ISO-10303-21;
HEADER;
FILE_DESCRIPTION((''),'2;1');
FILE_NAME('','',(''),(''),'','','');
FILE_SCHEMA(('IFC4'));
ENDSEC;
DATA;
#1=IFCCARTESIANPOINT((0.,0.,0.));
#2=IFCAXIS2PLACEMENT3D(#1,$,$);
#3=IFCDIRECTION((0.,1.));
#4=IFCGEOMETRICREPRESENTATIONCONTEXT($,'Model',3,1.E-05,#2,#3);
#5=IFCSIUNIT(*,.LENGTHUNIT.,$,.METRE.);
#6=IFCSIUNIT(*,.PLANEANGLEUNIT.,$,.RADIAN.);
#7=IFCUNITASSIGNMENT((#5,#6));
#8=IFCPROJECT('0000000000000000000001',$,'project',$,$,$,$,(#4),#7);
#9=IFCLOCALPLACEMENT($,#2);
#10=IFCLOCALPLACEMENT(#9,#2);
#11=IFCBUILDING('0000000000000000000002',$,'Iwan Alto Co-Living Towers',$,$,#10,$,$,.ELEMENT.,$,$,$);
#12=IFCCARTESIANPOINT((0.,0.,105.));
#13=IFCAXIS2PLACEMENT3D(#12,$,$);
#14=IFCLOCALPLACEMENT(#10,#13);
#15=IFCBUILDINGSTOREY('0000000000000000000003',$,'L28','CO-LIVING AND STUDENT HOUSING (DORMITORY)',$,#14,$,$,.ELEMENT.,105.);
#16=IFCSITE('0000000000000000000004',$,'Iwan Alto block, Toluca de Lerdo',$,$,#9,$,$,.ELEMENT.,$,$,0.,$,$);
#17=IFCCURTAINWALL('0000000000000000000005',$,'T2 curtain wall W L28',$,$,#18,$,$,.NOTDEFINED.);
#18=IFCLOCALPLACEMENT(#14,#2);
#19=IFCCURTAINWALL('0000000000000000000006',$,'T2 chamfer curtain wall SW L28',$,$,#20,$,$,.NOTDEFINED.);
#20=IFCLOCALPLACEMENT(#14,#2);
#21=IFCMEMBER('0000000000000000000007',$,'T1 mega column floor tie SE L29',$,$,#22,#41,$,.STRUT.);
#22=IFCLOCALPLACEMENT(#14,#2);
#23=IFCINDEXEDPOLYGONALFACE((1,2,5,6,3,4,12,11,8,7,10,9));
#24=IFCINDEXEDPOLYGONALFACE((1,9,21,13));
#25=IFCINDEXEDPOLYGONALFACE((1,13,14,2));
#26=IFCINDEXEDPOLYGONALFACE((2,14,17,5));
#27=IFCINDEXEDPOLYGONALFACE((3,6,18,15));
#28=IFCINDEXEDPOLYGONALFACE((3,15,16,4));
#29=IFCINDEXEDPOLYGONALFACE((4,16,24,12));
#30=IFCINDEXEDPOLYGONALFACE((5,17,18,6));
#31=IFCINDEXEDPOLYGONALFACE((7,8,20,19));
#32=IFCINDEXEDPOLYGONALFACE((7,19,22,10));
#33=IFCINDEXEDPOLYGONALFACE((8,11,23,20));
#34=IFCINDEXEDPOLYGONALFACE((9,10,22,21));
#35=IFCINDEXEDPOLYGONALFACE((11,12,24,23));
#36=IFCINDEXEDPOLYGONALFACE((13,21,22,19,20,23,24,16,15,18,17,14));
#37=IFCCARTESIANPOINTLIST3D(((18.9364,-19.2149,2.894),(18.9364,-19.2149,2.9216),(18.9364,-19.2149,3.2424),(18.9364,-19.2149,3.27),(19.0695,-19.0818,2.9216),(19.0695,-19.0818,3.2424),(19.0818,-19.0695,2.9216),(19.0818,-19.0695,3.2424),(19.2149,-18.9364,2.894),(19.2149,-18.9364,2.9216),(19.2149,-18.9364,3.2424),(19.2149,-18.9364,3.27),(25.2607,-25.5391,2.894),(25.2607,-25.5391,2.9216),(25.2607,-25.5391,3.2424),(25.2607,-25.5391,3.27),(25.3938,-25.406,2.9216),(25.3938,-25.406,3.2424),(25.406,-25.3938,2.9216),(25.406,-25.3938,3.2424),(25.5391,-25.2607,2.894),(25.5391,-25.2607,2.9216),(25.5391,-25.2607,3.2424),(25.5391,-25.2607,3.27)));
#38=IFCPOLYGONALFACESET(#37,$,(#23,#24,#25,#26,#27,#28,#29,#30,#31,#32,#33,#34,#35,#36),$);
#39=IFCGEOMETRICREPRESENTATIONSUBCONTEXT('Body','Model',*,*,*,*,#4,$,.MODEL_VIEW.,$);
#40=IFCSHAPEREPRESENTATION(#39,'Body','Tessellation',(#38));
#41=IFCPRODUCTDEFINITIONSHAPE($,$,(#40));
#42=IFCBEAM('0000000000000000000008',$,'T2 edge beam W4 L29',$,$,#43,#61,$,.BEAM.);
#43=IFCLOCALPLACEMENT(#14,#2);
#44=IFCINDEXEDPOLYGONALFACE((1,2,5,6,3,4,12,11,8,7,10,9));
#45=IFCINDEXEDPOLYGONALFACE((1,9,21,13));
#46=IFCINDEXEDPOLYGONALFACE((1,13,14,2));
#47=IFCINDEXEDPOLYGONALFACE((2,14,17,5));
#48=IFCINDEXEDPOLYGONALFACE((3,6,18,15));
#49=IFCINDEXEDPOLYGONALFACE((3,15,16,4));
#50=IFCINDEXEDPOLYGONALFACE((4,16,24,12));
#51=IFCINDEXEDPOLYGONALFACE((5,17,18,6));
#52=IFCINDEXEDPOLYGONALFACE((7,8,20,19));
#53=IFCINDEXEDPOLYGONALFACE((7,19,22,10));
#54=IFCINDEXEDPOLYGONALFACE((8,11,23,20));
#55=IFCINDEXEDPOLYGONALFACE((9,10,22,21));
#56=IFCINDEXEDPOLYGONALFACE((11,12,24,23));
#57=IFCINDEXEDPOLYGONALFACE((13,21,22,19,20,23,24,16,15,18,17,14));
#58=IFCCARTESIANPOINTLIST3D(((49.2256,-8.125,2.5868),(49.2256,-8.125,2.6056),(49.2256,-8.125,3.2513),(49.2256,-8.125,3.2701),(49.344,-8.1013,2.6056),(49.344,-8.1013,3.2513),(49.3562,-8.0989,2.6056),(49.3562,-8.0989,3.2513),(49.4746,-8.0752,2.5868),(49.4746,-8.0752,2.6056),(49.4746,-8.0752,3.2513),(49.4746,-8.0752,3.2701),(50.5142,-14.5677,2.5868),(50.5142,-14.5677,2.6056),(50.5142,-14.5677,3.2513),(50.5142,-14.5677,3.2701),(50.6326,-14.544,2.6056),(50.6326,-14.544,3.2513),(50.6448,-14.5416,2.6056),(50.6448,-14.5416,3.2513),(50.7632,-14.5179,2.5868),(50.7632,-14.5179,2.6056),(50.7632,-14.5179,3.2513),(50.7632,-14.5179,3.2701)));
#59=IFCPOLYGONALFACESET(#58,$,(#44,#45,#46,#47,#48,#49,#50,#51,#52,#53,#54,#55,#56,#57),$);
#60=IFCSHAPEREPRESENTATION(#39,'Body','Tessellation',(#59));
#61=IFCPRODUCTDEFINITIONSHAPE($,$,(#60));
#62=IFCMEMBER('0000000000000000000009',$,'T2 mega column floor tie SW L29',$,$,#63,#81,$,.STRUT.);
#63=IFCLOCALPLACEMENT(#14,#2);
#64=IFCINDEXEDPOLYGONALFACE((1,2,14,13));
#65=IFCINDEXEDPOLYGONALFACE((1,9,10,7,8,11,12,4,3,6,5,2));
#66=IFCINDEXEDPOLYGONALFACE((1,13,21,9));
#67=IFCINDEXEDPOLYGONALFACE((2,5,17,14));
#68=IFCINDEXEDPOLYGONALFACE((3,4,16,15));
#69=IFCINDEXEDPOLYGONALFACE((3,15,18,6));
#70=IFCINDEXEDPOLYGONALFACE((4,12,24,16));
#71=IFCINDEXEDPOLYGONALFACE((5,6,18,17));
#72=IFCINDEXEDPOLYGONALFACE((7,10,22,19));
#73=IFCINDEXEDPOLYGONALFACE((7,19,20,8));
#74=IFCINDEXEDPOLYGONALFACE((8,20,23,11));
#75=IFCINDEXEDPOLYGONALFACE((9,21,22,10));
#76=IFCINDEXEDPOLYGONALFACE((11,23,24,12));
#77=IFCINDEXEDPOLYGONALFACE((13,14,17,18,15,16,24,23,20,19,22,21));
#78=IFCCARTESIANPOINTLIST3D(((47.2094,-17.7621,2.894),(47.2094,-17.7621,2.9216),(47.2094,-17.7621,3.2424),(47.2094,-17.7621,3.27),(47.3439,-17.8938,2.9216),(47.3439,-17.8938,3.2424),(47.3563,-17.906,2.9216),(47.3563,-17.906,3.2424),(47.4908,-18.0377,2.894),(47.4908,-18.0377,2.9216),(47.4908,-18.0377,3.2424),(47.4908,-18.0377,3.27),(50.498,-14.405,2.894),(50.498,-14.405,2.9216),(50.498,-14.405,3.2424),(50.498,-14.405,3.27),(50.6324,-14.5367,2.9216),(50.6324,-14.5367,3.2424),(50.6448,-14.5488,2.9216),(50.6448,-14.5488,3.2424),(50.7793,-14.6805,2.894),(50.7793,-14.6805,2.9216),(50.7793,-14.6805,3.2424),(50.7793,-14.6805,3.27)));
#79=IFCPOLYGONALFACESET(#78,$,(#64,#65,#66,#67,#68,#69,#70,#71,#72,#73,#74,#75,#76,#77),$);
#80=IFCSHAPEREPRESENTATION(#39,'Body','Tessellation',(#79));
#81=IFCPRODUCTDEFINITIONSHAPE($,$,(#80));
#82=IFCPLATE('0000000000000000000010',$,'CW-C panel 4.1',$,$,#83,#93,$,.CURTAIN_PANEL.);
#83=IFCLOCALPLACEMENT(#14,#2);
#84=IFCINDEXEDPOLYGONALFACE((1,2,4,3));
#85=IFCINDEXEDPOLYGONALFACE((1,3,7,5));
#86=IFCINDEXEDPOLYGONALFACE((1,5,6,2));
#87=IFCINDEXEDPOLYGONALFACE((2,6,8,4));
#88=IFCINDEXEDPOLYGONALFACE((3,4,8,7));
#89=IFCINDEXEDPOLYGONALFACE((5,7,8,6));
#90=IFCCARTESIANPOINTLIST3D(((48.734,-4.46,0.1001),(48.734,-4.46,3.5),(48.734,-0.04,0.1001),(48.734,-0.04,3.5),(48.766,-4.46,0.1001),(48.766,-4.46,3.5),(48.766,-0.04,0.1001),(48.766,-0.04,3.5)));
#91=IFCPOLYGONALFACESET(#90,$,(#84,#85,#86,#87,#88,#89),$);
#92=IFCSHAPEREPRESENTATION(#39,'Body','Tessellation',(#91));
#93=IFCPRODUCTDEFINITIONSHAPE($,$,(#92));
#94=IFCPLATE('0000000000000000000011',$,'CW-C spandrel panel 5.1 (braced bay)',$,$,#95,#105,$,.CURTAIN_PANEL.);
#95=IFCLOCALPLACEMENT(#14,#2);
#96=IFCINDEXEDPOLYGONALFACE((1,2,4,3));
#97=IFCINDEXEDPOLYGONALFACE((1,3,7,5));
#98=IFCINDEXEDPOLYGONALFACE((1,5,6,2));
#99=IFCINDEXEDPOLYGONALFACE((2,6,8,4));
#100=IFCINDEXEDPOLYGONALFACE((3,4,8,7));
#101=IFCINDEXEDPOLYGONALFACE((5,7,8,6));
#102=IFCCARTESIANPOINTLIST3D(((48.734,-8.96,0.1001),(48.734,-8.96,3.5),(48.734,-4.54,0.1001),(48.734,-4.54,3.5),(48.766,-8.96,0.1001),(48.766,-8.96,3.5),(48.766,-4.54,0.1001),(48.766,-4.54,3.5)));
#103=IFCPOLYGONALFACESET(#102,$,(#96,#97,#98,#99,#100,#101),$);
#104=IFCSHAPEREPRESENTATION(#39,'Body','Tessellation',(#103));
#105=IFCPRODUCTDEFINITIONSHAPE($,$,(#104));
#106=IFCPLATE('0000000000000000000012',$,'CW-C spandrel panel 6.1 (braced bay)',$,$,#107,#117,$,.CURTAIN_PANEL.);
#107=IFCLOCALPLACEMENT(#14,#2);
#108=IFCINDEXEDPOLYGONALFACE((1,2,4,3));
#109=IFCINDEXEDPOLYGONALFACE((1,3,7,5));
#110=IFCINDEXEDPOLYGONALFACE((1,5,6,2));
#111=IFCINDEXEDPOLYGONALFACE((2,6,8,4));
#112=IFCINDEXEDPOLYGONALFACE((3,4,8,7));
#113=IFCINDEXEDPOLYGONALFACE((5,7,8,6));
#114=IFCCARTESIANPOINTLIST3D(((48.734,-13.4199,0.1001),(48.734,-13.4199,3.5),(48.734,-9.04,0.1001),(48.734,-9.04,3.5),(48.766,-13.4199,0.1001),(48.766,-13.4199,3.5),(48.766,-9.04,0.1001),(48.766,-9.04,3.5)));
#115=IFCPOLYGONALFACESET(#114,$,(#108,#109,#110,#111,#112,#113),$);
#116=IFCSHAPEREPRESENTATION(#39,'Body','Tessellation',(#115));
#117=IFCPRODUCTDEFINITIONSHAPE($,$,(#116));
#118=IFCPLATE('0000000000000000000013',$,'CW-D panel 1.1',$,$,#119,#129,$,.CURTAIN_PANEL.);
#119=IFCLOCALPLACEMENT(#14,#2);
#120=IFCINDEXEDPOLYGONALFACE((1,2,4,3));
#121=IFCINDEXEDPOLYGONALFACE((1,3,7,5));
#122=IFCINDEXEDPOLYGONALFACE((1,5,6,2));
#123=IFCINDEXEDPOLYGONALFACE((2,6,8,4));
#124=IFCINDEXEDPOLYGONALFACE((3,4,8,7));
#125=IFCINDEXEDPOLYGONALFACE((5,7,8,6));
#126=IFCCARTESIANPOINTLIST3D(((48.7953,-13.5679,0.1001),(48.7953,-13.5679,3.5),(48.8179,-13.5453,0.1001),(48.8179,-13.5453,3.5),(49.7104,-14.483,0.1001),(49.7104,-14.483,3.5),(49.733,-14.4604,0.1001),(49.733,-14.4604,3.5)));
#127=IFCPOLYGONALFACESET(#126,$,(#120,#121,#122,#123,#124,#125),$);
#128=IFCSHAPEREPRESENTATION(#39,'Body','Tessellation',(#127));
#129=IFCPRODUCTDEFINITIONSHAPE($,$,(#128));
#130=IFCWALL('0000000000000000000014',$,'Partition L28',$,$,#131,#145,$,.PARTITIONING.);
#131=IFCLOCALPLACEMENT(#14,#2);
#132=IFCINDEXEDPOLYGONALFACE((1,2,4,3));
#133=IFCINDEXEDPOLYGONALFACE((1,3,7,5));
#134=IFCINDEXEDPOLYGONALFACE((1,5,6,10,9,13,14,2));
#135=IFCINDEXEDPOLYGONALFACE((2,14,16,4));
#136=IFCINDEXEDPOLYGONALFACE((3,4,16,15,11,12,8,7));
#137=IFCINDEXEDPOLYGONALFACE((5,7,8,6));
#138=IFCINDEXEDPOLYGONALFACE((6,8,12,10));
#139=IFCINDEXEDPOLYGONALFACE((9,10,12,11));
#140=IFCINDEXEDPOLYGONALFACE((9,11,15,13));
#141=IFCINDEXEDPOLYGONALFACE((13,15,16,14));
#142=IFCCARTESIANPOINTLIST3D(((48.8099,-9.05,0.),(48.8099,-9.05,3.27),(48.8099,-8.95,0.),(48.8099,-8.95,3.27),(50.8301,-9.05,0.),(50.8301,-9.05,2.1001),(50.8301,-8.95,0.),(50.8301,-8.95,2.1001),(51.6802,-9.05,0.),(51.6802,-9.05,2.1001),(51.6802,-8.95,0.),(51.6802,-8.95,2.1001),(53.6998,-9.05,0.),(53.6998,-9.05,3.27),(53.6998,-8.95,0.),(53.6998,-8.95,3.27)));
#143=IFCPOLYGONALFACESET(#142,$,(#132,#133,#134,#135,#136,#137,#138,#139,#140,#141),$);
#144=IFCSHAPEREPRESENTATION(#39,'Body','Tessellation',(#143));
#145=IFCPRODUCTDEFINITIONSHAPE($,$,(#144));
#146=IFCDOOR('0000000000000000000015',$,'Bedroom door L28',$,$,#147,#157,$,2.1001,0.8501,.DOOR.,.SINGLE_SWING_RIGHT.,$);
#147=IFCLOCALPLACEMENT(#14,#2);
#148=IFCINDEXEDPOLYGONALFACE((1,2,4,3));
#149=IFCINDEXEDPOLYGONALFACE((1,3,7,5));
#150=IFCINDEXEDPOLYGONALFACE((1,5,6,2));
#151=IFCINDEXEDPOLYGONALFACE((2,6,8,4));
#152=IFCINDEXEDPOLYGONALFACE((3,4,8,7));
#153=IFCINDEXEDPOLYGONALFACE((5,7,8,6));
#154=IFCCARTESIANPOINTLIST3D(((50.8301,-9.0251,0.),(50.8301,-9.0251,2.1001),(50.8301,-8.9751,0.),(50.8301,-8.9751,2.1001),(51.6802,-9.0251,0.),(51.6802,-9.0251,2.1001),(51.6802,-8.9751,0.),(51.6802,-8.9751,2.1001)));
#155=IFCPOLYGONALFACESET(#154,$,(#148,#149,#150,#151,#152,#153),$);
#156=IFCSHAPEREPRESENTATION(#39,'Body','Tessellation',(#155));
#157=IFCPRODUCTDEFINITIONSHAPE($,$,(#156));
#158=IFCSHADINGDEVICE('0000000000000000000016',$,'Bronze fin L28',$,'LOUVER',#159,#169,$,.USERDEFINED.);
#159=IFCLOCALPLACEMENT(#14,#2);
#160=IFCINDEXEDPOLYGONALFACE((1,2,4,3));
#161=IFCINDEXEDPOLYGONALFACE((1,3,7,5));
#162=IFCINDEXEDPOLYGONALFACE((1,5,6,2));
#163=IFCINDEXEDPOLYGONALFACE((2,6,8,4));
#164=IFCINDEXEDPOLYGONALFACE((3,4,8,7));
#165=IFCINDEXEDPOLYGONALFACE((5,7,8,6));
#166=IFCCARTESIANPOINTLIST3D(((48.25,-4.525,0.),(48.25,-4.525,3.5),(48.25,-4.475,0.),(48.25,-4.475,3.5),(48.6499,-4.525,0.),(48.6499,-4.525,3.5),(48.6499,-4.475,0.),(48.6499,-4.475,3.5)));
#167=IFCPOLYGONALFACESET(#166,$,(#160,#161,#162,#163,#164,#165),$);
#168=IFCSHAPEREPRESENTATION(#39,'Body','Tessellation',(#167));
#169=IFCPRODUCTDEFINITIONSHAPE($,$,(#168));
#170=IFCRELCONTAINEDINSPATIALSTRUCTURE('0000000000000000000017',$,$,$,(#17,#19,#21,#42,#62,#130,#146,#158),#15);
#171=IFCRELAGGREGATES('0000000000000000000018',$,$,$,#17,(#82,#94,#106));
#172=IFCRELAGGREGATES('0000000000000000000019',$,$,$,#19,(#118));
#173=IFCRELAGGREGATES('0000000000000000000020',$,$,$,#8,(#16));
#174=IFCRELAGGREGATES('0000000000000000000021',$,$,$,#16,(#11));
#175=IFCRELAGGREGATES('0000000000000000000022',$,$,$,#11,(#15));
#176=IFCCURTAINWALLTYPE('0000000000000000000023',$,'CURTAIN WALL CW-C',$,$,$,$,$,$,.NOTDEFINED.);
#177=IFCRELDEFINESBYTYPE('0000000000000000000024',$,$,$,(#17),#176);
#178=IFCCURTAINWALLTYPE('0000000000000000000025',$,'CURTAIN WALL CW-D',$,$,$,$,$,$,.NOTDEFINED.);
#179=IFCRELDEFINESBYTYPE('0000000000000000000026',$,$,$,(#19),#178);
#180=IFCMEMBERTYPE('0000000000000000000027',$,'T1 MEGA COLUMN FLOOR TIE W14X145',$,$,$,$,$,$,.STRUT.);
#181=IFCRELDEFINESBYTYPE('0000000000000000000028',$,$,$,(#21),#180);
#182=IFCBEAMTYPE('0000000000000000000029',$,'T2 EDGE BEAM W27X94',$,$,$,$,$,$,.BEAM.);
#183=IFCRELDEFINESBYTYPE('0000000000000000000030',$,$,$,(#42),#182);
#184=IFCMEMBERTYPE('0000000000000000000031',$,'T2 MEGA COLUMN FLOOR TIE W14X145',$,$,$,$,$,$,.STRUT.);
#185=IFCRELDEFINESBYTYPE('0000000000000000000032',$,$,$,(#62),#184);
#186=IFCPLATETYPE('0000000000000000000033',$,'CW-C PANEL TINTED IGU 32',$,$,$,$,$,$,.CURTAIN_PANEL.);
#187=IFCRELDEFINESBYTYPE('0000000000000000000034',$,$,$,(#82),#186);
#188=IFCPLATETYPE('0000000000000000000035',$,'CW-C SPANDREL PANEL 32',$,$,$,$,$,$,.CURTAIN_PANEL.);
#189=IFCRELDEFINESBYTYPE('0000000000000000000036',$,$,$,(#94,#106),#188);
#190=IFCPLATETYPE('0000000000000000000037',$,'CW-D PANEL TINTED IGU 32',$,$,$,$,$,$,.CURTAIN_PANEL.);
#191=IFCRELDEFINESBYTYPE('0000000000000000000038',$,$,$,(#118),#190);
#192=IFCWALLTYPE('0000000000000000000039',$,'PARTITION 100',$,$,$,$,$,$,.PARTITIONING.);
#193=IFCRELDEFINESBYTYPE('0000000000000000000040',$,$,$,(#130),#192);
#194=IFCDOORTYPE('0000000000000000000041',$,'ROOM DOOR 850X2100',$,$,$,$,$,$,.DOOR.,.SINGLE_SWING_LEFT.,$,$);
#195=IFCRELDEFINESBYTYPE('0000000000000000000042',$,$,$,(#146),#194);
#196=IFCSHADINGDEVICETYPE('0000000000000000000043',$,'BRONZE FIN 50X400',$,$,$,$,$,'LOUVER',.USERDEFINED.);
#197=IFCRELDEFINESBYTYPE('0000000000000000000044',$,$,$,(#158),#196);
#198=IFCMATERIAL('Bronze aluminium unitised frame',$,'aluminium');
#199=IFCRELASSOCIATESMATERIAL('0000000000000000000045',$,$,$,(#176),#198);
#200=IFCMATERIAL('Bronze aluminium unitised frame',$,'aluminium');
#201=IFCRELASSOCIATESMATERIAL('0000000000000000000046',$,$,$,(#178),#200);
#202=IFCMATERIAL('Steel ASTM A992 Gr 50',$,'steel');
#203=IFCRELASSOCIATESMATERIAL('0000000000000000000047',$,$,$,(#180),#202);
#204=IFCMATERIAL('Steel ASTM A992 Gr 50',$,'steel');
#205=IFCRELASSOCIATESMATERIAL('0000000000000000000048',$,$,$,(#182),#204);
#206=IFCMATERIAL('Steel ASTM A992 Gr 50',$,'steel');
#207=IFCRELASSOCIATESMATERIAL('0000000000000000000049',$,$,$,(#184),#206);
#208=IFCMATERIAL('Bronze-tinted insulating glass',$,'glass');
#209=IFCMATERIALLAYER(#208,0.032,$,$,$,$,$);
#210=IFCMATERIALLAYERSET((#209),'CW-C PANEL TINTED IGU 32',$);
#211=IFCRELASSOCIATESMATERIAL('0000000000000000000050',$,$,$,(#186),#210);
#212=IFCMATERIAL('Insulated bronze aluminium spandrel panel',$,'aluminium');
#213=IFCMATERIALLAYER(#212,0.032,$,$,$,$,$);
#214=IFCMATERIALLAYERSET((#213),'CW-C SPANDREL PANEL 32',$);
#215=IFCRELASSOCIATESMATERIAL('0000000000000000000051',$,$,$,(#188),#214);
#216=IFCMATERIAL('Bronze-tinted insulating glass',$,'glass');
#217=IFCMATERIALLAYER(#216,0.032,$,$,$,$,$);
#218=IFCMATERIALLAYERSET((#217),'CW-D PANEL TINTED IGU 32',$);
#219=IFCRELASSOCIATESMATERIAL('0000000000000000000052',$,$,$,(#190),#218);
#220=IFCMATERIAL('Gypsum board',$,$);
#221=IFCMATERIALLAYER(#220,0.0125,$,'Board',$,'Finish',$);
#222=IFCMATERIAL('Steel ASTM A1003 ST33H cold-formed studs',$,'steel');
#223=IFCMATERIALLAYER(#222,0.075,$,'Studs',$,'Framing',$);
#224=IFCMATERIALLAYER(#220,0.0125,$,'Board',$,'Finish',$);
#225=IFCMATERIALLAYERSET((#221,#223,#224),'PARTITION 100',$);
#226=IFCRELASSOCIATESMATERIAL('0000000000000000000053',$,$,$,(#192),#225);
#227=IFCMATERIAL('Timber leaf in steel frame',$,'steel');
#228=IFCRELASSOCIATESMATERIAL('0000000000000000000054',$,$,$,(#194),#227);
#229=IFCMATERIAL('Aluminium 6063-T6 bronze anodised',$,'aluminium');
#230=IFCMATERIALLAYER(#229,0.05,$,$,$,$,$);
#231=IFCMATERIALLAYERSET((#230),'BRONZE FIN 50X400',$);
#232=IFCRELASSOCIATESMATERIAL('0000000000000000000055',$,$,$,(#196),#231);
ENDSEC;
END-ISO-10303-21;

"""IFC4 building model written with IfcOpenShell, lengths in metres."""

from ifc_helpers import new_model, si_unit, direction, frame, frame_2d, origin, origin_2d, place, context, subcontext, project, spatial, rectangle, i_section, extrude, material, layer, layer_set, material_profile, profile_set, type_object, element, fill, aggregate, save


model = new_model("IFC4")

# Units and contexts
model_context = context("Model", 3, precision=1e-05, world=origin(), true_north=direction((0.0, 1.0)))
body_context = subcontext(model_context, "Body", "Model", "MODEL_VIEW")
ifc_project = project(units=[si_unit("LENGTHUNIT", "METRE"), si_unit("PLANEANGLEUNIT", "RADIAN")], contexts=[model_context])

# Site, building, storey
site_placement = place(None, origin())
site = spatial("IfcSite", under=ifc_project, at=site_placement, Name="Iwan Alto block, Toluca de Lerdo", CompositionType="ELEMENT", RefElevation=0.0)
building_placement = place(site_placement, origin())
building = spatial("IfcBuilding", under=site, at=building_placement, Name="Iwan Alto Co-Living Towers", CompositionType="ELEMENT")
storey_placement = place(building_placement, frame((0.0, 0.0, 105.0)))
storey = spatial("IfcBuildingStorey", under=building, at=storey_placement, Name="L28", Description="CO-LIVING AND STUDENT HOUSING (DORMITORY)", CompositionType="ELEMENT", Elevation=105.0)

# Curtain walls
ifc_material_1 = material(Name="Bronze aluminium unitised frame", Category="aluminium")
curtain_wall_type_1 = type_object("IfcCurtainWallType", Name="CURTAIN WALL CW-C", PredefinedType="NOTDEFINED", material=ifc_material_1)
curtain_wall_1_placement = place(storey_placement, origin())
curtain_wall_1 = element("IfcCurtainWall", 1, at=curtain_wall_1_placement, inside=storey, type_object=curtain_wall_type_1, Name="T2 curtain wall W L28", PredefinedType="NOTDEFINED")
ifc_material_2 = material(Name="Bronze aluminium unitised frame", Category="aluminium")
curtain_wall_type_2 = type_object("IfcCurtainWallType", Name="CURTAIN WALL CW-D", PredefinedType="NOTDEFINED", material=ifc_material_2)
curtain_wall_2_placement = place(storey_placement, origin())
curtain_wall_2 = element("IfcCurtainWall", 2, at=curtain_wall_2_placement, inside=storey, type_object=curtain_wall_type_2, Name="T2 chamfer curtain wall SW L28", PredefinedType="NOTDEFINED")

# Member
ifc_material_3 = material(Name="Steel ASTM A992 Gr 50", Category="steel")
ifc_material_profile_1 = material_profile(ifc_material_3, i_section(OverallWidth=0.3938, OverallDepth=0.376, WebThickness=0.0173, FlangeThickness=0.0276, at=origin_2d()), Name="W14X145")
ifc_profile_set_1 = profile_set([ifc_material_profile_1], Name="Steel ASTM A992 Gr 50")
member_type_1 = type_object("IfcMemberType", Name="T1 MEGA COLUMN FLOOR TIE W14X145", PredefinedType="STRUT", material=ifc_profile_set_1)
member_1_placement = place(storey_placement, frame((25.3999, -25.3999, 3.082), z_axis=(-0.707107, 0.707107, 0.0), x_axis=(-0.707107, -0.707107, 0.0)))
element("IfcMember", 3, at=member_1_placement, inside=storey, type_object=member_type_1, Name="T1 mega column floor tie SE L29", PredefinedType="STRUT", context=body_context, shape_type="SweptSolid", body=[
    extrude(i_section(OverallWidth=0.3938, OverallDepth=0.376, WebThickness=0.0173, FlangeThickness=0.0276, at=origin_2d()), origin(), (0.0, 0.0, 1.0), 8.9438),
])

# Beam
ifc_material_4 = material(Name="Steel ASTM A992 Gr 50", Category="steel")
ifc_material_profile_2 = material_profile(ifc_material_4, i_section(OverallWidth=0.2539, OverallDepth=0.6833, WebThickness=0.0125, FlangeThickness=0.0188, at=origin_2d()), Name="W27X94")
ifc_profile_set_2 = profile_set([ifc_material_profile_2], Name="Steel ASTM A992 Gr 50")
beam_type = type_object("IfcBeamType", Name="T2 EDGE BEAM W27X94", PredefinedType="BEAM", material=ifc_profile_set_2)
beam_placement = place(storey_placement, frame((49.3501, -8.1001, 2.9285), z_axis=(0.196123, -0.980579, 0.0), x_axis=(0.980579, 0.196123, 0.0)))
element("IfcBeam", 4, at=beam_placement, inside=storey, type_object=beam_type, Name="T2 edge beam W4 L29", PredefinedType="BEAM", context=body_context, shape_type="SweptSolid", body=[
    extrude(i_section(OverallWidth=0.2539, OverallDepth=0.6833, WebThickness=0.0125, FlangeThickness=0.0188, at=origin_2d()), origin(), (0.0, 0.0, 1.0), 6.5703),
])

# Member
ifc_material_5 = material(Name="Steel ASTM A992 Gr 50", Category="steel")
ifc_material_profile_3 = material_profile(ifc_material_5, i_section(OverallWidth=0.3938, OverallDepth=0.376, WebThickness=0.0173, FlangeThickness=0.0276, at=origin_2d()), Name="W14X145")
ifc_profile_set_3 = profile_set([ifc_material_profile_3], Name="Steel ASTM A992 Gr 50")
member_type_2 = type_object("IfcMemberType", Name="T2 MEGA COLUMN FLOOR TIE W14X145", PredefinedType="STRUT", material=ifc_profile_set_3)
member_2_placement = place(storey_placement, frame((47.3501, -17.8999, 3.082), z_axis=(0.69977, 0.714368, 0.0), x_axis=(-0.714368, 0.69977, 0.0)))
element("IfcMember", 5, at=member_2_placement, inside=storey, type_object=member_type_2, Name="T2 mega column floor tie SW L29", PredefinedType="STRUT", context=body_context, shape_type="SweptSolid", body=[
    extrude(i_section(OverallWidth=0.3938, OverallDepth=0.376, WebThickness=0.0173, FlangeThickness=0.0276, at=origin_2d()), origin(), (0.0, 0.0, 1.0), 4.6995),
])

# Plates
ifc_material_6 = material(Name="Bronze-tinted insulating glass", Category="glass")
ifc_layer_1 = layer(ifc_material_6, 0.032)
ifc_layer_set_1 = layer_set([ifc_layer_1], Name="CW-C PANEL TINTED IGU 32")
plate_type_1 = type_object("IfcPlateType", Name="CW-C PANEL TINTED IGU 32", PredefinedType="CURTAIN_PANEL", material=ifc_layer_set_1)
plate_1_placement = place(storey_placement, frame((48.75, -2.25, 0.1001), z_axis=(0.0, 0.0, 1.0), x_axis=(0.0, -1.0, 0.0)))
plate_1 = element("IfcPlate", 6, at=plate_1_placement, type_object=plate_type_1, Name="CW-C panel 4.1", PredefinedType="CURTAIN_PANEL", context=body_context, shape_type="SweptSolid", body=[
    extrude(rectangle(XDim=4.4199, YDim=0.032, at=origin_2d()), origin(), (0.0, 0.0, 1.0), 3.3999),
])
ifc_material_7 = material(Name="Insulated bronze aluminium spandrel panel", Category="aluminium")
ifc_layer_2 = layer(ifc_material_7, 0.032)
ifc_layer_set_2 = layer_set([ifc_layer_2], Name="CW-C SPANDREL PANEL 32")
plate_type_2 = type_object("IfcPlateType", Name="CW-C SPANDREL PANEL 32", PredefinedType="CURTAIN_PANEL", material=ifc_layer_set_2)
plate_2_placement = place(storey_placement, frame((48.75, -6.75, 0.1001), z_axis=(0.0, 0.0, 1.0), x_axis=(0.0, -1.0, 0.0)))
plate_2 = element("IfcPlate", 7, at=plate_2_placement, type_object=plate_type_2, Name="CW-C spandrel panel 5.1 (braced bay)", PredefinedType="CURTAIN_PANEL", context=body_context, shape_type="SweptSolid", body=[
    extrude(rectangle(XDim=4.4199, YDim=0.032, at=origin_2d()), origin(), (0.0, 0.0, 1.0), 3.3999),
])
plate_3_placement = place(storey_placement, frame((48.75, -11.23, 0.1001), z_axis=(0.0, 0.0, 1.0), x_axis=(0.0, -1.0, 0.0)))
plate_3 = element("IfcPlate", 8, at=plate_3_placement, type_object=plate_type_2, Name="CW-C spandrel panel 6.1 (braced bay)", PredefinedType="CURTAIN_PANEL", context=body_context, shape_type="SweptSolid", body=[
    extrude(rectangle(XDim=4.3799, YDim=0.032, at=origin_2d()), origin(), (0.0, 0.0, 1.0), 3.3999),
])
aggregate(curtain_wall_1, [plate_1, plate_2, plate_3])
ifc_material_8 = material(Name="Bronze-tinted insulating glass", Category="glass")
ifc_layer_3 = layer(ifc_material_8, 0.032)
ifc_layer_set_3 = layer_set([ifc_layer_3], Name="CW-D PANEL TINTED IGU 32")
plate_type_3 = type_object("IfcPlateType", Name="CW-D PANEL TINTED IGU 32", PredefinedType="CURTAIN_PANEL", material=ifc_layer_set_3)
plate_4_placement = place(storey_placement, frame((49.2642, -14.0142, 0.1001), z_axis=(0.0, 0.0, 1.0), x_axis=(0.707107, -0.707107, 0.0)))
plate_4 = element("IfcPlate", 9, at=plate_4_placement, type_object=plate_type_3, Name="CW-D panel 1.1", PredefinedType="CURTAIN_PANEL", context=body_context, shape_type="SweptSolid", body=[
    extrude(rectangle(XDim=1.2942, YDim=0.032, at=origin_2d()), origin(), (0.0, 0.0, 1.0), 3.3999),
])
aggregate(curtain_wall_2, [plate_4])

# Wall, opening, door
ifc_material_9 = material(Name="Gypsum board")
ifc_layer_4 = layer(ifc_material_9, 0.0125, Name="Board", Category="Finish")
ifc_material_10 = material(Name="Steel ASTM A1003 ST33H cold-formed studs", Category="steel")
ifc_layer_5 = layer(ifc_material_10, 0.075, Name="Studs", Category="Framing")
ifc_layer_6 = layer(ifc_material_9, 0.0125, Name="Board", Category="Finish")
ifc_layer_set_4 = layer_set([ifc_layer_4, ifc_layer_5, ifc_layer_6], Name="PARTITION 100")
wall_type = type_object("IfcWallType", Name="PARTITION 100", PredefinedType="PARTITIONING", material=ifc_layer_set_4)
wall_placement = place(storey_placement, frame((48.8101, -9.0, 0.0), z_axis=(0.0, 0.0, 1.0), x_axis=(1.0, 0.0, 0.0)))
wall = element("IfcWall", 10, at=wall_placement, inside=storey, type_object=wall_type, Name="Partition L28", PredefinedType="PARTITIONING", context=body_context, shape_type="SweptSolid", body=[
    extrude(rectangle(XDim=4.8899, YDim=0.1001, at=frame_2d((2.4448, 0.0))), origin(), (0.0, 0.0, 1.0), 3.27),
])
opening_placement = place(wall_placement, frame((2.02, 0.0, 0.0)))
opening = element("IfcOpeningElement", 11, at=opening_placement, cuts=wall, PredefinedType="OPENING", context=body_context, shape_type="SweptSolid", body=[
    extrude(rectangle(XDim=0.8501, YDim=2.1001, at=frame_2d((0.425, 1.05))), frame((0.0, 0.0601, 0.0), z_axis=(0.0, -1.0, 0.0), x_axis=(1.0, 0.0, 0.0)), (0.0, 0.0, 1.0), 0.1201),
])
ifc_material_11 = material(Name="Timber leaf in steel frame", Category="steel")
door_type = type_object("IfcDoorType", Name="ROOM DOOR 850X2100", OperationType="SINGLE_SWING_LEFT", PredefinedType="DOOR", material=ifc_material_11)
door_placement = place(opening_placement, origin())
door = element("IfcDoor", 12, at=door_placement, inside=storey, type_object=door_type, Name="Bedroom door L28", OperationType="SINGLE_SWING_RIGHT", OverallHeight=2.1001, OverallWidth=0.8501, PredefinedType="DOOR", context=body_context, shape_type="SweptSolid", body=[
    extrude(rectangle(XDim=0.8501, YDim=2.1001, at=frame_2d((0.425, 1.05))), frame((0.0, 0.0249, 0.0), z_axis=(0.0, -1.0, 0.0), x_axis=(1.0, 0.0, 0.0)), (0.0, 0.0, 1.0), 0.05),
])
fill(opening, door)

# Shading device
ifc_material_12 = material(Name="Aluminium 6063-T6 bronze anodised", Category="aluminium")
ifc_layer_7 = layer(ifc_material_12, 0.05)
ifc_layer_set_5 = layer_set([ifc_layer_7], Name="BRONZE FIN 50X400")
shading_device_type = type_object("IfcShadingDeviceType", Name="BRONZE FIN 50X400", ElementType="LOUVER", PredefinedType="USERDEFINED", material=ifc_layer_set_5)
shading_device_placement = place(storey_placement, frame((48.45, -4.5, 0.0), z_axis=(0.0, 0.0, 1.0), x_axis=(0.0, -1.0, 0.0)))
element("IfcShadingDevice", 13, at=shading_device_placement, inside=storey, type_object=shading_device_type, Name="Bronze fin L28", ObjectType="LOUVER", PredefinedType="USERDEFINED", context=body_context, shape_type="SweptSolid", body=[
    extrude(rectangle(XDim=0.05, YDim=0.3999, at=origin_2d()), origin(), (0.0, 0.0, 1.0), 3.5),
])

save(model, "model.ifc")
